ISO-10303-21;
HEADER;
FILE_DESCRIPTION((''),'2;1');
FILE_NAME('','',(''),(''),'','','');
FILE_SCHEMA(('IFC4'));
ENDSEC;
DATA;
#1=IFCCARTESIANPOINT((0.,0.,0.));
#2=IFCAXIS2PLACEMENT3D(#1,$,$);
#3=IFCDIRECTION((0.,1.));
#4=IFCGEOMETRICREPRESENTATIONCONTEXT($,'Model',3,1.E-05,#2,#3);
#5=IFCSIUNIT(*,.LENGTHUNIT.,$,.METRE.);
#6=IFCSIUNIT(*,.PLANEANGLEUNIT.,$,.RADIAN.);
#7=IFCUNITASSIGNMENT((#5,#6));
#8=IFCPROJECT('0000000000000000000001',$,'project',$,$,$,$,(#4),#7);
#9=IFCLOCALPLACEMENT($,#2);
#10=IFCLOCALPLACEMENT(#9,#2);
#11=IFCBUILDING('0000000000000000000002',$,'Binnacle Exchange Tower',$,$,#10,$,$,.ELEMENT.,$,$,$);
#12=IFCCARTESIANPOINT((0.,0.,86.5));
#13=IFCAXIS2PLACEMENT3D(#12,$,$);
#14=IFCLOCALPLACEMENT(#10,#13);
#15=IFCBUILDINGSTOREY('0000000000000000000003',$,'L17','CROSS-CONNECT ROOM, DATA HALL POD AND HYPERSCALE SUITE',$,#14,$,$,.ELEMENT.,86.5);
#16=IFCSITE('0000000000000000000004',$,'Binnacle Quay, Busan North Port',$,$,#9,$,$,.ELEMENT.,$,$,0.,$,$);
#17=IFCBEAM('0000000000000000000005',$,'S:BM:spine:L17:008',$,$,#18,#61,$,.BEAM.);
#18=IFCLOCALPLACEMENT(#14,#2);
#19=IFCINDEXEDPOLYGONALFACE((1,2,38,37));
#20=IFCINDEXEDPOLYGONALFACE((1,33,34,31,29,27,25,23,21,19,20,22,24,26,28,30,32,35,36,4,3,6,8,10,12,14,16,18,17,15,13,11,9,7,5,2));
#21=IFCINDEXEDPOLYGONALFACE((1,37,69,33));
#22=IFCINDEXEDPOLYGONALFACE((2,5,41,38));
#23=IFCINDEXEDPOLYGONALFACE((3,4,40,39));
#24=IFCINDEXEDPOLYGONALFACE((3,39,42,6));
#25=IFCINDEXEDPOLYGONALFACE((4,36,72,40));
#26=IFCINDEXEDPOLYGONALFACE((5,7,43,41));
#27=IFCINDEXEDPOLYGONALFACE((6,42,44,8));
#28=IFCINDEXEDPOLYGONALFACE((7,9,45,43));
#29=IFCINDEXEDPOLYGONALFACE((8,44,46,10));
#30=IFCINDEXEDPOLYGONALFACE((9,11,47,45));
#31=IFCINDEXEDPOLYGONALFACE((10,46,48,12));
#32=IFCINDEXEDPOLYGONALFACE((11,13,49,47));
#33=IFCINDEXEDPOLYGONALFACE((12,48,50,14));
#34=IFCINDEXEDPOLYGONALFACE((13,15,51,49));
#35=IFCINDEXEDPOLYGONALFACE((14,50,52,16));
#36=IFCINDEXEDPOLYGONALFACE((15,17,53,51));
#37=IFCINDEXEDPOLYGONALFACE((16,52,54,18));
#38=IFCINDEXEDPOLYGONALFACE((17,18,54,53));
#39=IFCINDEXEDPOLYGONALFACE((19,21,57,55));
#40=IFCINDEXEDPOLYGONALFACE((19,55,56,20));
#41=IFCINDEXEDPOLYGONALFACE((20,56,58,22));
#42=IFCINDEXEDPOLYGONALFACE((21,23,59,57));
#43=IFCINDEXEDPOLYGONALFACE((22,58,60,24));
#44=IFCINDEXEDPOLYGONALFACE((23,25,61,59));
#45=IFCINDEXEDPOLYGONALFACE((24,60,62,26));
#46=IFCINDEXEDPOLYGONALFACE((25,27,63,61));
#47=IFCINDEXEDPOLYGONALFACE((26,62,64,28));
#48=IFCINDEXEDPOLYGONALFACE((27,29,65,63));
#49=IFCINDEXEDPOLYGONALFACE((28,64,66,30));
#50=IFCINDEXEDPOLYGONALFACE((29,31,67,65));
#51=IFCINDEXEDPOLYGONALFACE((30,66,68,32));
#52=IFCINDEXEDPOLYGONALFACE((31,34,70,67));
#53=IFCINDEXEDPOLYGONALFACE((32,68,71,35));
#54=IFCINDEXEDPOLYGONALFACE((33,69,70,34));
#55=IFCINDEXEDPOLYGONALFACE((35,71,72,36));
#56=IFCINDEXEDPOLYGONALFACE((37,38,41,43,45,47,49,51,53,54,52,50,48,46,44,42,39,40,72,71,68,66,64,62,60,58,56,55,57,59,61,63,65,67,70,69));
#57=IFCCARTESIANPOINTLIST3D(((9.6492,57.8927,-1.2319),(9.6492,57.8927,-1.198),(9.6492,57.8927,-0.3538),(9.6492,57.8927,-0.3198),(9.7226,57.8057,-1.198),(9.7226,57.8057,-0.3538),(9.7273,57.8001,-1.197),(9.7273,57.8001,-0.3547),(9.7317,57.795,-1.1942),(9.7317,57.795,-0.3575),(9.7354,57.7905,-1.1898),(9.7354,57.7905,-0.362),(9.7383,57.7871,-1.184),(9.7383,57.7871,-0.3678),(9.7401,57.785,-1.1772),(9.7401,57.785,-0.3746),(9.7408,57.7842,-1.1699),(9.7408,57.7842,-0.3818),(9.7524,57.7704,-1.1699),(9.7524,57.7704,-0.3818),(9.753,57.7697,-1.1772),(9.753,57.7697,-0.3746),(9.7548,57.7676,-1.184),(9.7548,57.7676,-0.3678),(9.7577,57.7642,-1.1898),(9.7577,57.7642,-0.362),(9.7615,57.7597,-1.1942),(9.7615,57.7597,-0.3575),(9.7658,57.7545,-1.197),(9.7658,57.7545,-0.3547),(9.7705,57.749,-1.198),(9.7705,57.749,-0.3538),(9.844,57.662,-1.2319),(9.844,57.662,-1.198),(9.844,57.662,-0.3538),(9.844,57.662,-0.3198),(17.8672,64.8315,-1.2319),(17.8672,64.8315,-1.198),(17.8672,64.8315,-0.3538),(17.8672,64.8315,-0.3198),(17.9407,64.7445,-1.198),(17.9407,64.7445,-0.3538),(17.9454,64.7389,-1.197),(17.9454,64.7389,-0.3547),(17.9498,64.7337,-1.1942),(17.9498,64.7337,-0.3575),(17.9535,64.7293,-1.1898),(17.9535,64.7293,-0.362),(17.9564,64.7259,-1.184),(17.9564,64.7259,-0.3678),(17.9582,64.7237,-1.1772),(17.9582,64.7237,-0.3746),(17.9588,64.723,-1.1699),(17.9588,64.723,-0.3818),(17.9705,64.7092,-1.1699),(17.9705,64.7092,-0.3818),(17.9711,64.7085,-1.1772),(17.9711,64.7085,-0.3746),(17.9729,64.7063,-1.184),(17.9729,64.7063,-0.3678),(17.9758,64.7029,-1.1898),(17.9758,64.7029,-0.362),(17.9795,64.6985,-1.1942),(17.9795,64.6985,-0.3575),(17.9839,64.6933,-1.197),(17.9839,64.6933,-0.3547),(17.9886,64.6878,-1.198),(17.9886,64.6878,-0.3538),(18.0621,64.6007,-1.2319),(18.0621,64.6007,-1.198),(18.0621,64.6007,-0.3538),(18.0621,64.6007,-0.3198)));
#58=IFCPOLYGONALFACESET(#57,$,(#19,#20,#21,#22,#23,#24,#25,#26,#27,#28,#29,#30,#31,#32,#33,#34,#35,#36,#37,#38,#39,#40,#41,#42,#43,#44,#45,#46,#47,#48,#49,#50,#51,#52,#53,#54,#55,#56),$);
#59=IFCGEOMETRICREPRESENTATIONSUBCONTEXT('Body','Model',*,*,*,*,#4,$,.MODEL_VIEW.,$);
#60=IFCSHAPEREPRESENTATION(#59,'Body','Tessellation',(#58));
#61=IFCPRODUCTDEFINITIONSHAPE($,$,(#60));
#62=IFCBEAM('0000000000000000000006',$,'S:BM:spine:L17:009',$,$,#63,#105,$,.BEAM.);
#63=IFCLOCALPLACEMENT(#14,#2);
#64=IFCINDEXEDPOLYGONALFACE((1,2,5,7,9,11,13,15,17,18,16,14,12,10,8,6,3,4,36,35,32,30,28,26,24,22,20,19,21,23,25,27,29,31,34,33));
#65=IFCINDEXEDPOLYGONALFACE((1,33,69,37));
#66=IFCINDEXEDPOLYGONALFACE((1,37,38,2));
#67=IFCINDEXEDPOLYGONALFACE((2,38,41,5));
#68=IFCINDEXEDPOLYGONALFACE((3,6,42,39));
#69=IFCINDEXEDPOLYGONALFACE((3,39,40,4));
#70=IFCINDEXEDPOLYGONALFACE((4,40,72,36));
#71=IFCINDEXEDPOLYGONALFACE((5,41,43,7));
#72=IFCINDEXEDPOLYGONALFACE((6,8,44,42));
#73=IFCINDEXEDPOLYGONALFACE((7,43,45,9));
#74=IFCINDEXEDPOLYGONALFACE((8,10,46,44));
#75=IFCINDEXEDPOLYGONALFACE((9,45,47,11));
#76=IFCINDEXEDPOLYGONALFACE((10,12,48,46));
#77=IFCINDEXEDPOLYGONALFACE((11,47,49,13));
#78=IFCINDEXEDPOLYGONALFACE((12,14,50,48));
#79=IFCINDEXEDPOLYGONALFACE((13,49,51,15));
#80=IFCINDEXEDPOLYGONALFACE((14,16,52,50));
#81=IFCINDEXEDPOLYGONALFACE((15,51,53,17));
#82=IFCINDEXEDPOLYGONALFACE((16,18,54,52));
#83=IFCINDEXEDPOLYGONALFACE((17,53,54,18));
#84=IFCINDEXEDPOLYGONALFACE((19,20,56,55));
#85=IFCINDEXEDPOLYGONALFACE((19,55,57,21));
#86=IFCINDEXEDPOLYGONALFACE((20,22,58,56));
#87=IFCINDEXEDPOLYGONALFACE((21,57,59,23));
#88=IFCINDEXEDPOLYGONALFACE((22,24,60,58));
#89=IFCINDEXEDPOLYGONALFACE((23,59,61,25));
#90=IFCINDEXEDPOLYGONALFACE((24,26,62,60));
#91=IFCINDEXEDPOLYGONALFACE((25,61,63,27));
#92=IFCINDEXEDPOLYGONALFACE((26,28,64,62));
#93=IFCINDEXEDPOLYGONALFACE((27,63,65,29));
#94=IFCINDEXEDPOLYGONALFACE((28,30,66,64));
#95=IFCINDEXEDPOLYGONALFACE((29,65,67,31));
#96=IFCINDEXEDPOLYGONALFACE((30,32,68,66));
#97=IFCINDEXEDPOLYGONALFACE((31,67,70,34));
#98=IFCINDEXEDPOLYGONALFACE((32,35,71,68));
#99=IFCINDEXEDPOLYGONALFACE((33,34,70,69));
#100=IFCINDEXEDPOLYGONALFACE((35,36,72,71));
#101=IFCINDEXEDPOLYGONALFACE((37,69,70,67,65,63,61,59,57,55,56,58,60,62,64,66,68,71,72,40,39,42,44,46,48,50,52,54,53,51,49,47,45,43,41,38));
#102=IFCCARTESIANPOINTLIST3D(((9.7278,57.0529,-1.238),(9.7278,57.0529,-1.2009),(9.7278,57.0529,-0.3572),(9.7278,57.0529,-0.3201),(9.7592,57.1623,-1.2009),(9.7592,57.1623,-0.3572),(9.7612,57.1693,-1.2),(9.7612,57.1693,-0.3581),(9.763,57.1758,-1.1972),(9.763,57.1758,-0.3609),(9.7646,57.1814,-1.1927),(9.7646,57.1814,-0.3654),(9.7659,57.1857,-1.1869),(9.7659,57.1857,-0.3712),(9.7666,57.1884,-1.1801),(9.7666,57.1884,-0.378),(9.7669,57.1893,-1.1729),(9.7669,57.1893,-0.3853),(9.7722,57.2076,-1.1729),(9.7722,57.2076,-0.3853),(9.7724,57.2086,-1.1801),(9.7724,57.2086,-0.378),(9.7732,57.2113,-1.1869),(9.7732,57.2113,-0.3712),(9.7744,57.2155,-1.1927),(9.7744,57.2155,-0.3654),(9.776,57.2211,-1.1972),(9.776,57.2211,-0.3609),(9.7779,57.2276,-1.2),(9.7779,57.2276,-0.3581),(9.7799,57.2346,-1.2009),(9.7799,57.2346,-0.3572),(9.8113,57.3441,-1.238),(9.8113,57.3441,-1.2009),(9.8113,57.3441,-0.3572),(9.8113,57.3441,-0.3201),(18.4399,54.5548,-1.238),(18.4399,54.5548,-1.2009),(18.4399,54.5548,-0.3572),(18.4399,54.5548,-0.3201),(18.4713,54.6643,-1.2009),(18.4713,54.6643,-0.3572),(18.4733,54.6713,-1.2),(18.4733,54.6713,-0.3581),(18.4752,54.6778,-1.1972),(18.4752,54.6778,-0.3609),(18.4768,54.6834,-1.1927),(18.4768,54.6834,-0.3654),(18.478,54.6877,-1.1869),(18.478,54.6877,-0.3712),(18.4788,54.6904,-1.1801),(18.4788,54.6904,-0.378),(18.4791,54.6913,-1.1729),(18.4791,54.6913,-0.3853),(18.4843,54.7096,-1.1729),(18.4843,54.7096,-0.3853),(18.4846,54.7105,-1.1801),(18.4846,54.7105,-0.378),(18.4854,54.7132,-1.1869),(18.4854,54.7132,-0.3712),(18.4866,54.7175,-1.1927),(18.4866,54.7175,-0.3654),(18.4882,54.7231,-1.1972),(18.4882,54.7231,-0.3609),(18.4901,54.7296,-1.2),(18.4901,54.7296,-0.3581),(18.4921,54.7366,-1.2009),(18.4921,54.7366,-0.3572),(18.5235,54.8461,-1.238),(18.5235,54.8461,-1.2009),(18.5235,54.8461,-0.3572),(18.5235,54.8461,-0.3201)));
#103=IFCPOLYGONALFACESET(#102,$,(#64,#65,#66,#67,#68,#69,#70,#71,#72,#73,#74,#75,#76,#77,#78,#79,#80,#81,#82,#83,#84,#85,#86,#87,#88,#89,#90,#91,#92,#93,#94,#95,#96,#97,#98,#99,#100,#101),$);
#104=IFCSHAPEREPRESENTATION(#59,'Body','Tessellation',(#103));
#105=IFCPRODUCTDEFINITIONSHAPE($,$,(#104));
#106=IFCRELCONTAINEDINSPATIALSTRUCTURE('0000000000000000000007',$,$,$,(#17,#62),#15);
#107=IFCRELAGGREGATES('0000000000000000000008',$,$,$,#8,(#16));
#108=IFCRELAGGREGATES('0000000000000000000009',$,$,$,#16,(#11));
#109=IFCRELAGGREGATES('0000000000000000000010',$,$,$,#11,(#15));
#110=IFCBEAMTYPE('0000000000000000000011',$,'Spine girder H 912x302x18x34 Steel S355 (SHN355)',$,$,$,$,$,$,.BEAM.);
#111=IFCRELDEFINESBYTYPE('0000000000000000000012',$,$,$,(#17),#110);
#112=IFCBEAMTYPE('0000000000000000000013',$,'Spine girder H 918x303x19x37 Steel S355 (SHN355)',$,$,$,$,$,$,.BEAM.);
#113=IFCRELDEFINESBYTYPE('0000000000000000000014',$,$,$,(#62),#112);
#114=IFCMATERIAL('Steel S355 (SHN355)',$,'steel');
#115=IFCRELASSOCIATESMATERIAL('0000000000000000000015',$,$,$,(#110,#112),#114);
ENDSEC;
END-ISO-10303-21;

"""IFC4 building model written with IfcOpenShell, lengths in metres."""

from ifc_helpers import new_model, si_unit, direction, frame, origin, origin_2d, place, context, subcontext, project, spatial, i_section, extrude, material, material_profile, profile_set, type_object, element, save


model = new_model("IFC4")

# Units and contexts
model_context = context("Model", 3, precision=1e-05, world=origin(), true_north=direction((0.0, 1.0)))
body_context = subcontext(model_context, "Body", "Model", "MODEL_VIEW")
ifc_project = project(units=[si_unit("LENGTHUNIT", "METRE"), si_unit("PLANEANGLEUNIT", "RADIAN")], contexts=[model_context])

# Site, building, storey
site_placement = place(None, origin())
site = spatial("IfcSite", under=ifc_project, at=site_placement, Name="Binnacle Quay, Busan North Port", CompositionType="ELEMENT", RefElevation=0.0)
building_placement = place(site_placement, origin())
building = spatial("IfcBuilding", under=site, at=building_placement, Name="Binnacle Exchange Tower", CompositionType="ELEMENT")
storey_placement = place(building_placement, frame((0.0, 0.0, 86.5)))
storey = spatial("IfcBuildingStorey", under=building, at=storey_placement, Name="L17", Description="CROSS-CONNECT ROOM, DATA HALL POD AND HYPERSCALE SUITE", CompositionType="ELEMENT", Elevation=86.5)

# Beams
ifc_material_1 = material(Name="Steel S355 (SHN355)", Category="steel")
ifc_material_profile_1 = material_profile(ifc_material_1, i_section(OverallWidth=0.302, OverallDepth=0.9121, WebThickness=0.0181, FlangeThickness=0.0339, FilletRadius=0.0281, at=origin_2d()), Name="H 912x302x18x34")
ifc_profile_set_1 = profile_set([ifc_material_profile_1], Name="Steel S355 (SHN355)")
beam_type_1 = type_object("IfcBeamType", Name="Spine girder H 912x302x18x34 Steel S355 (SHN355)", PredefinedType="BEAM", material=ifc_profile_set_1)
beam_1_placement = place(storey_placement, frame((9.7466, 57.7773, -0.7759), z_axis=(0.764073, 0.64513, 0.0), x_axis=(-0.64513, 0.764073, 0.0)))
element("IfcBeam", 1, at=beam_1_placement, inside=storey, type_object=beam_type_1, Name="S:BM:spine:L17:008", PredefinedType="BEAM", context=body_context, shape_type="SweptSolid", body=[
    extrude(i_section(OverallWidth=0.302, OverallDepth=0.9121, WebThickness=0.0181, FlangeThickness=0.0339, FilletRadius=0.0281, at=origin_2d()), origin(), (0.0, 0.0, 1.0), 10.7556),
])
ifc_material_profile_2 = material_profile(ifc_material_1, i_section(OverallWidth=0.303, OverallDepth=0.918, WebThickness=0.019, FlangeThickness=0.0371, FilletRadius=0.0281, at=origin_2d()), Name="H 918x303x19x37")
ifc_profile_set_2 = profile_set([ifc_material_profile_2], Name="Steel S355 (SHN355)")
beam_type_2 = type_object("IfcBeamType", Name="Spine girder H 918x303x19x37 Steel S355 (SHN355)", PredefinedType="BEAM", material=ifc_profile_set_2)
beam_2_placement = place(storey_placement, frame((9.7695, 57.1985, -0.7791), z_axis=(0.961265, -0.275625, 0.0), x_axis=(0.275625, 0.961265, 0.0)))
element("IfcBeam", 2, at=beam_2_placement, inside=storey, type_object=beam_type_2, Name="S:BM:spine:L17:009", PredefinedType="BEAM", context=body_context, shape_type="SweptSolid", body=[
    extrude(i_section(OverallWidth=0.303, OverallDepth=0.918, WebThickness=0.019, FlangeThickness=0.0371, FilletRadius=0.0281, at=origin_2d()), origin(), (0.0, 0.0, 1.0), 9.0632),
])

save(model, "model.ifc")
